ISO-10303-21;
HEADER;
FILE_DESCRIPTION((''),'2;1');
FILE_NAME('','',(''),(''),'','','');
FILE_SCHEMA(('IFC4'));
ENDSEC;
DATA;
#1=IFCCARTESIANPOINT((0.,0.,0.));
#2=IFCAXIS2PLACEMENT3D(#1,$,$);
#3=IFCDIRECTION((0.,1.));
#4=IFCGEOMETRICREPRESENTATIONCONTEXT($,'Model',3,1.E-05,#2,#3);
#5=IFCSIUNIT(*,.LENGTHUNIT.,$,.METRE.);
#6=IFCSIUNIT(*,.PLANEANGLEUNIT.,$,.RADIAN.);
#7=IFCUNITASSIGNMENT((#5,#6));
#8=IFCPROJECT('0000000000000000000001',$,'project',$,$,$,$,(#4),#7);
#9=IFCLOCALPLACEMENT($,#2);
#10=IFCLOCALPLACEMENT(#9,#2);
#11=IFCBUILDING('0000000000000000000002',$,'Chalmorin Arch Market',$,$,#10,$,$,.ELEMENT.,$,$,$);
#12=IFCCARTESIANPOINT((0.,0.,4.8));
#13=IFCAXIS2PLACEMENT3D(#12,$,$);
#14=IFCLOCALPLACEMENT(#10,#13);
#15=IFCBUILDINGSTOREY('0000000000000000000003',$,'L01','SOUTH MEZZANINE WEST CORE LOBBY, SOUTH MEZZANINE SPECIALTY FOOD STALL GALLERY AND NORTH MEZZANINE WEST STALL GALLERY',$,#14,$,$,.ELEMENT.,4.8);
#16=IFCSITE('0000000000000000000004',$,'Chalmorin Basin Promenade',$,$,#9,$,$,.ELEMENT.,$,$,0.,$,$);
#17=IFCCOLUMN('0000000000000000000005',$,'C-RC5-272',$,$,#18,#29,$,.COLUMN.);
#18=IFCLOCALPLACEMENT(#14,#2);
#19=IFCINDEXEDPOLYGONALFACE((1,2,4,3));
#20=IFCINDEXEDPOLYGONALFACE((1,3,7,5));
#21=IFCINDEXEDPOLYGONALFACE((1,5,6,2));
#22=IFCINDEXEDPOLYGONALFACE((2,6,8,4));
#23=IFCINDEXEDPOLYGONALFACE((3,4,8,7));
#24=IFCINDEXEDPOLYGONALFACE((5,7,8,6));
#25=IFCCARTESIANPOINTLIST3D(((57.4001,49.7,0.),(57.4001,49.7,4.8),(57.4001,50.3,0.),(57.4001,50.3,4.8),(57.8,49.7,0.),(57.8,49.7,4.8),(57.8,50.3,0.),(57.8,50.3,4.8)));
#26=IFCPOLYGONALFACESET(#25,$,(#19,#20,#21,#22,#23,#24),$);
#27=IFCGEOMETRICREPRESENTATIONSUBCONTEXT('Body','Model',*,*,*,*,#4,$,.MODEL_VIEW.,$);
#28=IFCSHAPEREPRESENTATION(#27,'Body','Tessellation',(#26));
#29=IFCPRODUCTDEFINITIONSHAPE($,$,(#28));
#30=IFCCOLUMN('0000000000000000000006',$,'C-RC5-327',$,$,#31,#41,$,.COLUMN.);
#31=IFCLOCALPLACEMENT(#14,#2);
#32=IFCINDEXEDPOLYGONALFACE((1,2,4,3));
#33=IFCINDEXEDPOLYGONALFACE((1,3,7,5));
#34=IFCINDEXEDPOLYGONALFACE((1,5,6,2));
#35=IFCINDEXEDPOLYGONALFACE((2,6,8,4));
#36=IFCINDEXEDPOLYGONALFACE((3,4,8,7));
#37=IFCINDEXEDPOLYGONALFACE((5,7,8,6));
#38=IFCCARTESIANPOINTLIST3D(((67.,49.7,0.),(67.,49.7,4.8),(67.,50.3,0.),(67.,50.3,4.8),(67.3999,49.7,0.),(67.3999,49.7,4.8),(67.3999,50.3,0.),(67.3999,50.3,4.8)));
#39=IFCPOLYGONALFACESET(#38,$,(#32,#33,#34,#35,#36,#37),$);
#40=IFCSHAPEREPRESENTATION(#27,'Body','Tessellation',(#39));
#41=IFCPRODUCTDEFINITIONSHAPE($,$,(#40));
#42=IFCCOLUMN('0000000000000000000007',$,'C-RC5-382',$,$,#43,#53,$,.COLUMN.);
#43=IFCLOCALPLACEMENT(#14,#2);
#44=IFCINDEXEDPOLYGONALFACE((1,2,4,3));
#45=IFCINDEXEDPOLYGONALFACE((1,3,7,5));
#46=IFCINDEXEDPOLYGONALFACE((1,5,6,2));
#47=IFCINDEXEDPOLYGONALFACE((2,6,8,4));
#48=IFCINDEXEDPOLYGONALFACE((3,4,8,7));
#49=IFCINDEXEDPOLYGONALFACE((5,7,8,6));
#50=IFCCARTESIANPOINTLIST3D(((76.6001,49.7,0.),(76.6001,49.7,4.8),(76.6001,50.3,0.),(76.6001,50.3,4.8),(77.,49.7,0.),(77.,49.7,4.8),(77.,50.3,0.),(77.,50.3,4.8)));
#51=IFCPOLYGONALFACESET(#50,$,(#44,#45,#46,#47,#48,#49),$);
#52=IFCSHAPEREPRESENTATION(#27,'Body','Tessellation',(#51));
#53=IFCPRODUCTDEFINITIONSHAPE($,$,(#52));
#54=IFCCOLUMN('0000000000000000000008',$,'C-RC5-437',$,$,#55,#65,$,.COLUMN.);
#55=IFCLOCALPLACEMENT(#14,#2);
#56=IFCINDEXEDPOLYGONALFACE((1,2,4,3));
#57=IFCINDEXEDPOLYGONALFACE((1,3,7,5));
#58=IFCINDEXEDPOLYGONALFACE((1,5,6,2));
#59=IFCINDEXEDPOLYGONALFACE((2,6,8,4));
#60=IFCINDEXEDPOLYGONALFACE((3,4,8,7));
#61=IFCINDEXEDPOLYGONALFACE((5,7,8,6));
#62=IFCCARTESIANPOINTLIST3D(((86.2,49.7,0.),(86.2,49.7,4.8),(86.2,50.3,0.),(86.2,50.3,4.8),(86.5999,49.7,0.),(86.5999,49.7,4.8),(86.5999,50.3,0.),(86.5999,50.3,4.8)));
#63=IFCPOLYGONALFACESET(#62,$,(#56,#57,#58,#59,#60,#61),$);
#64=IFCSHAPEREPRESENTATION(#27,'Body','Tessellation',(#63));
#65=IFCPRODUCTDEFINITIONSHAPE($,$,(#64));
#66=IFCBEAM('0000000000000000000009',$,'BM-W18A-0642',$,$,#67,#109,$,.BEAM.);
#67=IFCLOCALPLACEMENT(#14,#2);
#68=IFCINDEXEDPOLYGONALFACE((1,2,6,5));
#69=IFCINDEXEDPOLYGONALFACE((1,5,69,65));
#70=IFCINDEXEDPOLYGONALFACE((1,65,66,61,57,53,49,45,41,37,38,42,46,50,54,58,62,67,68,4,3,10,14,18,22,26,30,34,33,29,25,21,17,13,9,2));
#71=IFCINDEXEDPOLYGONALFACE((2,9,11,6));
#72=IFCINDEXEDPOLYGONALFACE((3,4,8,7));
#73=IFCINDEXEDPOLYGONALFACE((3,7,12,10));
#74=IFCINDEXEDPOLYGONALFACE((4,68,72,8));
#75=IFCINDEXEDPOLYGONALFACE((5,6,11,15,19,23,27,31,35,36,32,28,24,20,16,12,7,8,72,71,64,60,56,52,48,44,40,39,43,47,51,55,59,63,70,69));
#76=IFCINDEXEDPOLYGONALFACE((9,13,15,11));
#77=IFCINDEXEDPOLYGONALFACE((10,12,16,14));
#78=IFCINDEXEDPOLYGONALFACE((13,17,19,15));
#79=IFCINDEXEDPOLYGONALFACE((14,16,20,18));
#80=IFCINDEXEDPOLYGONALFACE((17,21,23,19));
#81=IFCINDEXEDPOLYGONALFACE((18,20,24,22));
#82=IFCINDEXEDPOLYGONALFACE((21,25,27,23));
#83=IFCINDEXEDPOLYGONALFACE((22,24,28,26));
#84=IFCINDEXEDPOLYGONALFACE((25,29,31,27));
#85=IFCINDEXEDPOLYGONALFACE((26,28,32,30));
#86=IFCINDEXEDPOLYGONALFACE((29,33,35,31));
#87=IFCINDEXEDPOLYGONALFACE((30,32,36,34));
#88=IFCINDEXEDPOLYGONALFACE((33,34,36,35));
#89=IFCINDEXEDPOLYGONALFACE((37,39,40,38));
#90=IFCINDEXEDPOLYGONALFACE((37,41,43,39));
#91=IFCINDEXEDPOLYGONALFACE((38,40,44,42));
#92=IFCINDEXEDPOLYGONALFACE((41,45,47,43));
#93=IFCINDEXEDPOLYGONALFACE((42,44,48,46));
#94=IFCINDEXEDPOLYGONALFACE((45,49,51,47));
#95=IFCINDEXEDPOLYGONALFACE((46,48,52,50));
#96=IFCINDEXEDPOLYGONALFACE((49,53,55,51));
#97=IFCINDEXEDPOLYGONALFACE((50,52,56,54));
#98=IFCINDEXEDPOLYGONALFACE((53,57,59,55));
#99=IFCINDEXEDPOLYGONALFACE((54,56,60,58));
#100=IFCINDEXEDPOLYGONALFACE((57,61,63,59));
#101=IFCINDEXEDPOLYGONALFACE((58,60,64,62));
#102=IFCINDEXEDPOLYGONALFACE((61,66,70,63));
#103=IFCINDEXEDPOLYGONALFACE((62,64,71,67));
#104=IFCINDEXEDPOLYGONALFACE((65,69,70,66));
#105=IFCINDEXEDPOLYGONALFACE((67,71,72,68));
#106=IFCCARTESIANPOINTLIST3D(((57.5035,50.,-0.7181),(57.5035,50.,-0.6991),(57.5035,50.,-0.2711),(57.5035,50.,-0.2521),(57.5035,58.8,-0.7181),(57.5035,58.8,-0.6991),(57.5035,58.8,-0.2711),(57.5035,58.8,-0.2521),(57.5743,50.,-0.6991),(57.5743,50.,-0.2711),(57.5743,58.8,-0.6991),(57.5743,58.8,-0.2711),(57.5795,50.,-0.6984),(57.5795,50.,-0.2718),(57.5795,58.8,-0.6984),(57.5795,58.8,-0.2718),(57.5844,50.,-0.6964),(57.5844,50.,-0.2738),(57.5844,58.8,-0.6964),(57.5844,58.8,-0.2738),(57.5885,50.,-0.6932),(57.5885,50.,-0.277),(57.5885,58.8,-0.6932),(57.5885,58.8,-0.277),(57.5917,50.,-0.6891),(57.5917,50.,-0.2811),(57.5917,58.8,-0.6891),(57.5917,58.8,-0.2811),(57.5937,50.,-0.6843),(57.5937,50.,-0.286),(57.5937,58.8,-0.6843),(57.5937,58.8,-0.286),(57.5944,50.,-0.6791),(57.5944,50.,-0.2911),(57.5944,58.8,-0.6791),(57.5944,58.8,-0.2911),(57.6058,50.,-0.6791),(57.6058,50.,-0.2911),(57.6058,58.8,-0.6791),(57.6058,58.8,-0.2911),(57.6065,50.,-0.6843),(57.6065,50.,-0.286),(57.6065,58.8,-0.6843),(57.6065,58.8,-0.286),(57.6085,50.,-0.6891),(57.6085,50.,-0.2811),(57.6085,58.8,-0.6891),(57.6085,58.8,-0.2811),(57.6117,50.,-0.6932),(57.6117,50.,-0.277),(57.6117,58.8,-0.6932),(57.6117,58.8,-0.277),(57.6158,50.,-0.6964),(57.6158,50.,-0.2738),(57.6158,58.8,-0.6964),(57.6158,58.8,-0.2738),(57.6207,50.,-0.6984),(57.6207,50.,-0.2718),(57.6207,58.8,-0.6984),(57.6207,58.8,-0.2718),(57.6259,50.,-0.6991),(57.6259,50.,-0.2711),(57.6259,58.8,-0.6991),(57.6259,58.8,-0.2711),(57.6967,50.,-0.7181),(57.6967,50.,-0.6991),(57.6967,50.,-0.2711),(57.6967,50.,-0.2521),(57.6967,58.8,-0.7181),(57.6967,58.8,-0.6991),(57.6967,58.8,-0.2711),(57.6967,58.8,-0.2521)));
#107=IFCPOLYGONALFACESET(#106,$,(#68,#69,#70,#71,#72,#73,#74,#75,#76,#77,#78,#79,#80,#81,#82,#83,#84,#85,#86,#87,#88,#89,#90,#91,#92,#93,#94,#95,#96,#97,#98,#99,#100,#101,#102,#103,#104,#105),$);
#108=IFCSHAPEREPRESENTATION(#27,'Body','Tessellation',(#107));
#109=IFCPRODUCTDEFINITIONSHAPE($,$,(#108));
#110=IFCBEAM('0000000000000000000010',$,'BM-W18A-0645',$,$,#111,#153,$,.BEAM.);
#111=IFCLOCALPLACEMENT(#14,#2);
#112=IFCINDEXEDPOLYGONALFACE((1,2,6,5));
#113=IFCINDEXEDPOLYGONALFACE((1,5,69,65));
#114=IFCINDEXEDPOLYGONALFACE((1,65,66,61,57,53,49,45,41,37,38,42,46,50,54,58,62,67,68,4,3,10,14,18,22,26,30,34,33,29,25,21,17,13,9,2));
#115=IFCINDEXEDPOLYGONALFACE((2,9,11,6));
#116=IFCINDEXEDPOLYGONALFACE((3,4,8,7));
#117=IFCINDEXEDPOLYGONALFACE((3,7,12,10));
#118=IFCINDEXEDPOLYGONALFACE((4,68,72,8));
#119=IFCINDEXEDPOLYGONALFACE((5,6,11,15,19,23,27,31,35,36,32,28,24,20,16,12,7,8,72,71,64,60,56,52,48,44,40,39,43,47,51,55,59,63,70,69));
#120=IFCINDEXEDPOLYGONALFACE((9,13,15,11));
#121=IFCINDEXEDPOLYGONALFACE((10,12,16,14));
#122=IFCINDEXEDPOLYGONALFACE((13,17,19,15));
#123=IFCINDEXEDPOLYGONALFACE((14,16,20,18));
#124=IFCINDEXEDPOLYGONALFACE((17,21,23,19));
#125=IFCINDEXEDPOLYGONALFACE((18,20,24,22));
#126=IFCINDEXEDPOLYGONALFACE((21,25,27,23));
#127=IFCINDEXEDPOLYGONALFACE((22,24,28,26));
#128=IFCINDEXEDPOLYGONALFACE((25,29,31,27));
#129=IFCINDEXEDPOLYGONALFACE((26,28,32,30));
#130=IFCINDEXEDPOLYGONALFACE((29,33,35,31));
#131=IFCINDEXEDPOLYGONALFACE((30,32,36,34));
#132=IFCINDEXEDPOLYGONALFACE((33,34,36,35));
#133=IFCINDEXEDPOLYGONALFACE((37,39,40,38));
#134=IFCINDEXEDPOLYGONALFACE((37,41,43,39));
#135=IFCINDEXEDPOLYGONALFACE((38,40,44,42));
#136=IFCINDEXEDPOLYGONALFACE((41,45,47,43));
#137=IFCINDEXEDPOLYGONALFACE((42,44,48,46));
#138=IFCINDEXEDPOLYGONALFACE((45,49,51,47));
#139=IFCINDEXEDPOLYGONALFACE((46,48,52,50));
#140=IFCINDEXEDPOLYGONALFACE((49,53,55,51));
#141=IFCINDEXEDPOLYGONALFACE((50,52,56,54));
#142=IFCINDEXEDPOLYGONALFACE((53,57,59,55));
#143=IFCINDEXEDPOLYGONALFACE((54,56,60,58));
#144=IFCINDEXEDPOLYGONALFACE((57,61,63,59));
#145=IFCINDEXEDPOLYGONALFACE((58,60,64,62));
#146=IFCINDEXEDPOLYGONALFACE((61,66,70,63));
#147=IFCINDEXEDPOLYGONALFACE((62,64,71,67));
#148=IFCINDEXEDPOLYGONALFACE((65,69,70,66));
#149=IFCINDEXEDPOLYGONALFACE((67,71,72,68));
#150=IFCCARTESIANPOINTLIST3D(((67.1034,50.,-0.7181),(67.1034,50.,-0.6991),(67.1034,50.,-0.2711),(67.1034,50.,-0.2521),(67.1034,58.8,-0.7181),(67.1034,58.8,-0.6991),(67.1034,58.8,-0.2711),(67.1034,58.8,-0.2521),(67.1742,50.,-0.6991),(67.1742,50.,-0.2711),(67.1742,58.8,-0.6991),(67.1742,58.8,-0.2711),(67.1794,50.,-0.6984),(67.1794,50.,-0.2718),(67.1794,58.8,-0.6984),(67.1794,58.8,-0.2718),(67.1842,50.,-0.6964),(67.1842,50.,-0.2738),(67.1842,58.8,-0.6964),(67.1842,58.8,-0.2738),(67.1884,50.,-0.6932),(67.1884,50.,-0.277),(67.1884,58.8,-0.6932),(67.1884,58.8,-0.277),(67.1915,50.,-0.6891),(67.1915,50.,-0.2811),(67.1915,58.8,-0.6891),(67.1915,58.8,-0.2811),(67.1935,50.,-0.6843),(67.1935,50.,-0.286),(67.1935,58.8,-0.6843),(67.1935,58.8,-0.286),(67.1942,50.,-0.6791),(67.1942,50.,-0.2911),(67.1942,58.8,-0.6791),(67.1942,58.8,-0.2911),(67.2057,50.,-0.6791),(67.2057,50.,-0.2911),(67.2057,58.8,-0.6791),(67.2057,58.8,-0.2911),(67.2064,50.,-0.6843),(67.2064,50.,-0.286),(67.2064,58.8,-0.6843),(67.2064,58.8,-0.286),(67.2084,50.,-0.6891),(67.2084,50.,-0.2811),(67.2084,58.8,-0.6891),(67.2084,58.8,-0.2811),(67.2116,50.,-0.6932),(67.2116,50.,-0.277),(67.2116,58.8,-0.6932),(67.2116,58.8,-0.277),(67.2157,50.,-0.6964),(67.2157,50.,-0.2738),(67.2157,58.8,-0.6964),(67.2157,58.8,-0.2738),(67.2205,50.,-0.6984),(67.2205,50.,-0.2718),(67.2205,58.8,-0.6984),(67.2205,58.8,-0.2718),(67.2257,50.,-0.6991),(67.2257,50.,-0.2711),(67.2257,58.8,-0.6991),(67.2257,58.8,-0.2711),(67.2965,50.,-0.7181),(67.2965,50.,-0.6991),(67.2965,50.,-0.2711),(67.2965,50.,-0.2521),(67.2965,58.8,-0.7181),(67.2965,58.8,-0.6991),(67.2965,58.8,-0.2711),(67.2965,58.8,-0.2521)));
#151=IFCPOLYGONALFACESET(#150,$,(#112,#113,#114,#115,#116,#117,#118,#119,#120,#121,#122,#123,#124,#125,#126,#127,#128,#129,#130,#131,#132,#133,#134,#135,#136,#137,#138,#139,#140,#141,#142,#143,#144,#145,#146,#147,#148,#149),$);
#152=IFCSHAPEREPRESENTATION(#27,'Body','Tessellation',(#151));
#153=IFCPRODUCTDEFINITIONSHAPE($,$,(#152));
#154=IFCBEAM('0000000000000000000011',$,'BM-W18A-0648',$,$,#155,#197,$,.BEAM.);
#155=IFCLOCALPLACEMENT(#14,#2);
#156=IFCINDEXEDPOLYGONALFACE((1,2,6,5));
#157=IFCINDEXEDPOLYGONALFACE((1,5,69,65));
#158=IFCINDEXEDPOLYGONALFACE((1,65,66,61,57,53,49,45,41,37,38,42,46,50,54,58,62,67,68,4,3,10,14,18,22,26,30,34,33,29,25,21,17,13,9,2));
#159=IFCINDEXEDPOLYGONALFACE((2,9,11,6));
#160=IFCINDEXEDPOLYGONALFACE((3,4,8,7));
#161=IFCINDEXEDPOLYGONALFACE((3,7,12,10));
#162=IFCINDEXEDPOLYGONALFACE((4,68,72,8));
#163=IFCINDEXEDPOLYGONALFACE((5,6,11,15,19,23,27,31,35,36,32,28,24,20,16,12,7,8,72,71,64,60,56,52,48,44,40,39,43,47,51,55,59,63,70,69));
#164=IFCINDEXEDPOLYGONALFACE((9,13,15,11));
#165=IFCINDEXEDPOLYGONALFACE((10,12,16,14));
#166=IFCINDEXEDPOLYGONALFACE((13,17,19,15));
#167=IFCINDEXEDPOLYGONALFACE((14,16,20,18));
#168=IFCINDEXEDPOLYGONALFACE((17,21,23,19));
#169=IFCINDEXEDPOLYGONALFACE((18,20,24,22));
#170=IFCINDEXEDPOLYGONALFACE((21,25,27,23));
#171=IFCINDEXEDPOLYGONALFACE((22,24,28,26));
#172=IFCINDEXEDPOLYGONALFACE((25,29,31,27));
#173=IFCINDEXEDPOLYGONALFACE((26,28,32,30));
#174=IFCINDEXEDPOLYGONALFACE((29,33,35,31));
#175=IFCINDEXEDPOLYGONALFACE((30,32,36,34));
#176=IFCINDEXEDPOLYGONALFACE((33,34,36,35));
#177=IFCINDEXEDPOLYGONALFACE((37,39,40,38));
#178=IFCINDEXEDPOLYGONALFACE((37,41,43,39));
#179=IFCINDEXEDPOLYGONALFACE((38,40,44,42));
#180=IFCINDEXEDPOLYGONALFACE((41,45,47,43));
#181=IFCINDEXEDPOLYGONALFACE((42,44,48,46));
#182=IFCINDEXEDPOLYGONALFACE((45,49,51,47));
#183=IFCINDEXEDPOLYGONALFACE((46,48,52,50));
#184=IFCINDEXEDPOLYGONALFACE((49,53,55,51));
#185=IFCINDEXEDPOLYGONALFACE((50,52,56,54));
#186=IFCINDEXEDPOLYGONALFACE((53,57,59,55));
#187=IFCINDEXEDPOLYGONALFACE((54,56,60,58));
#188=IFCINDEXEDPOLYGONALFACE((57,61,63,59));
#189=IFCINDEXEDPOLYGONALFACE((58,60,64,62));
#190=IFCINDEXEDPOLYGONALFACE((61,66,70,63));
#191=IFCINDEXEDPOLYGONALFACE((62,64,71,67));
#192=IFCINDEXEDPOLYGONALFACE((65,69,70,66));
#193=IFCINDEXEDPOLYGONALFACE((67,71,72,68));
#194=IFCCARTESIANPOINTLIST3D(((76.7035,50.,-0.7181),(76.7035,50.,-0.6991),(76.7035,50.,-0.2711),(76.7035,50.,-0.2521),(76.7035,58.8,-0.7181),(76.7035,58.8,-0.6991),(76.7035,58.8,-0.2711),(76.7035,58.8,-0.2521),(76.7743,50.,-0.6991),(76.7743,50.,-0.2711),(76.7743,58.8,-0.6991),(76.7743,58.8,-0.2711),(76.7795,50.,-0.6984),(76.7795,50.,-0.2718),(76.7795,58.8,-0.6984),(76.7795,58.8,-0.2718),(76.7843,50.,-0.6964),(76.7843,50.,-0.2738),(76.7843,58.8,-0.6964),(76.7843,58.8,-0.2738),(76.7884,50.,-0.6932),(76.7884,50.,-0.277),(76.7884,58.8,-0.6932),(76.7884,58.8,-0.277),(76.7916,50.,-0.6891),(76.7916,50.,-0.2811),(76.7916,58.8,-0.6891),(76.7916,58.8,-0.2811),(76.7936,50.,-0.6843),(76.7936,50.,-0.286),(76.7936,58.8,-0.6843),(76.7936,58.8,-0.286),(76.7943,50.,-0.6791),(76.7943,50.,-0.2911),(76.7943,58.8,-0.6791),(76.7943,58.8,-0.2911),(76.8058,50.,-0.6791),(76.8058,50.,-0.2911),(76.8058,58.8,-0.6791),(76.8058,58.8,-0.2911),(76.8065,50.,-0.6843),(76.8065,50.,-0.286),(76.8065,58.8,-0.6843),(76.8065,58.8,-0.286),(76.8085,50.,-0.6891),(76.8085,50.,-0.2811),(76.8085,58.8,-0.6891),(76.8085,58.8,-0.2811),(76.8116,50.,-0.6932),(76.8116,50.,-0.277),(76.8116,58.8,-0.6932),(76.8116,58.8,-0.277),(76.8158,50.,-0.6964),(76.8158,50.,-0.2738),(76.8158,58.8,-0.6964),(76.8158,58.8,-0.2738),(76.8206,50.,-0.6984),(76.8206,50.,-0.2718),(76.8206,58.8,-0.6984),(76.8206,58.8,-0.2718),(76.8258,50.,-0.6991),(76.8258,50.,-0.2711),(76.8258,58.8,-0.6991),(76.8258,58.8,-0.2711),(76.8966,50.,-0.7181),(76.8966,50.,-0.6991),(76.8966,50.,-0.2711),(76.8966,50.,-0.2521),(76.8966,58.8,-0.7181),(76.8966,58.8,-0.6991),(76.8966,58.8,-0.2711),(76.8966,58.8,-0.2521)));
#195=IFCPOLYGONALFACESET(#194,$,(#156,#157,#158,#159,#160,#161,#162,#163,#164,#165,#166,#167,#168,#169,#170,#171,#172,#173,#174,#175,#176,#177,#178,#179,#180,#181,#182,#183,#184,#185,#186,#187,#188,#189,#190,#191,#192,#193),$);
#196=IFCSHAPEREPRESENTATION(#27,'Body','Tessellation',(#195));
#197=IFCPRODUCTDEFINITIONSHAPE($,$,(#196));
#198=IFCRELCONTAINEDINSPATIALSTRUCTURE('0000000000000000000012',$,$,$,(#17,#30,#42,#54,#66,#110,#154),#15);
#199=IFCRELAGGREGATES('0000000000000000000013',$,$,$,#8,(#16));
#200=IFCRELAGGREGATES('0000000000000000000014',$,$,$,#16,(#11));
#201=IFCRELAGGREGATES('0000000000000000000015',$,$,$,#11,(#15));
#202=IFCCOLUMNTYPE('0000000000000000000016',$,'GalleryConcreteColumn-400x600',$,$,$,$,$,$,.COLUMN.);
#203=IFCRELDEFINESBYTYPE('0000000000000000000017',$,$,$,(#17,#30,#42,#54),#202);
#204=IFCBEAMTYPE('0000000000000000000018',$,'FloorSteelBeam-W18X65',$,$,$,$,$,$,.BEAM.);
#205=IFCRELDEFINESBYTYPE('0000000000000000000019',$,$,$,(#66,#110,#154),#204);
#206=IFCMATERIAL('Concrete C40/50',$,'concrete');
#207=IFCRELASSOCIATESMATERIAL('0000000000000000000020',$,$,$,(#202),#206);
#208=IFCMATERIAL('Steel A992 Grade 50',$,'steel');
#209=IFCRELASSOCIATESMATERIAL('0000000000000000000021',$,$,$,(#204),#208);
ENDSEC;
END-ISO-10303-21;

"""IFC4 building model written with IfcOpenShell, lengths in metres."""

from ifc_helpers import new_model, si_unit, direction, frame, origin, origin_2d, place, context, subcontext, project, spatial, rectangle, i_section, extrude, material, material_profile, profile_set, type_object, element, save


model = new_model("IFC4")

# Units and contexts
model_context = context("Model", 3, precision=1e-05, world=origin(), true_north=direction((0.0, 1.0)))
body_context = subcontext(model_context, "Body", "Model", "MODEL_VIEW")
ifc_project = project(units=[si_unit("LENGTHUNIT", "METRE"), si_unit("PLANEANGLEUNIT", "RADIAN")], contexts=[model_context])

# Site, building, storey
site_placement = place(None, origin())
site = spatial("IfcSite", under=ifc_project, at=site_placement, Name="Chalmorin Basin Promenade", CompositionType="ELEMENT", RefElevation=0.0)
building_placement = place(site_placement, origin())
building = spatial("IfcBuilding", under=site, at=building_placement, Name="Chalmorin Arch Market", CompositionType="ELEMENT")
storey_placement = place(building_placement, frame((0.0, 0.0, 4.8)))
storey = spatial("IfcBuildingStorey", under=building, at=storey_placement, Name="L01", Description="SOUTH MEZZANINE WEST CORE LOBBY, SOUTH MEZZANINE SPECIALTY FOOD STALL GALLERY AND NORTH MEZZANINE WEST STALL GALLERY", CompositionType="ELEMENT", Elevation=4.8)

# Columns
ifc_material_1 = material(Name="Concrete C40/50", Category="concrete")
ifc_material_profile_1 = material_profile(ifc_material_1, rectangle(XDim=0.3999, YDim=0.6001, at=origin_2d()), Name="RC400X600")
ifc_profile_set_1 = profile_set([ifc_material_profile_1], Name="Concrete C40/50")
column_type = type_object("IfcColumnType", Name="GalleryConcreteColumn-400x600", PredefinedType="COLUMN", material=ifc_profile_set_1)
for number, where, z_axis, x_axis, name in (
    (1, (57.6001, 50.0, 0.0), (0.0, 0.0, 1.0), (1.0, 0.0, 0.0), "C-RC5-272"),
    (2, (67.2, 50.0, 0.0), (0.0, 0.0, 1.0), (1.0, 0.0, 0.0), "C-RC5-327"),
    (3, (76.8, 50.0, 0.0), (0.0, 0.0, 1.0), (1.0, 0.0, 0.0), "C-RC5-382"),
    (4, (86.3999, 50.0, 0.0), (0.0, 0.0, 1.0), (1.0, 0.0, 0.0), "C-RC5-437"),
):
    element("IfcColumn", number, at=place(storey_placement, frame(where, z_axis=z_axis, x_axis=x_axis)), inside=storey, type_object=column_type, Name=name, PredefinedType="COLUMN", context=body_context, shape_type="SweptSolid", body=[
        extrude(rectangle(XDim=0.3999, YDim=0.6001, at=origin_2d()), origin(), (0.0, 0.0, 1.0), 4.8),
    ])

# Beams
ifc_material_2 = material(Name="Steel A992 Grade 50", Category="steel")
ifc_material_profile_2 = material_profile(ifc_material_2, i_section(OverallWidth=0.1931, OverallDepth=0.4661, WebThickness=0.0115, FlangeThickness=0.019, FilletRadius=0.02, at=origin_2d()), Name="W18X65")
ifc_profile_set_2 = profile_set([ifc_material_profile_2], Name="Steel A992 Grade 50")
beam_type_1 = type_object("IfcBeamType", Name="FloorSteelBeam-W18X65", PredefinedType="BEAM", material=ifc_profile_set_2)
for number, where, z_axis, x_axis, name in (
    (5, (57.6001, 50.0, -0.4851), (0.0, 1.0, 0.0), (-1.0, 0.0, 0.0), "BM-W18A-0642"),
    (6, (67.2, 50.0, -0.4851), (0.0, 1.0, 0.0), (-1.0, 0.0, 0.0), "BM-W18A-0645"),
    (7, (76.8, 50.0, -0.4851), (0.0, 1.0, 0.0), (-1.0, 0.0, 0.0), "BM-W18A-0648"),
):
    element("IfcBeam", number, at=place(storey_placement, frame(where, z_axis=z_axis, x_axis=x_axis)), inside=storey, type_object=beam_type_1, Name=name, PredefinedType="BEAM", context=body_context, shape_type="SweptSolid", body=[
        extrude(i_section(OverallWidth=0.1931, OverallDepth=0.4661, WebThickness=0.0115, FlangeThickness=0.019, FilletRadius=0.02, at=origin_2d()), origin(), (0.0, 0.0, 1.0), 8.8),
    ])

save(model, "model.ifc")
